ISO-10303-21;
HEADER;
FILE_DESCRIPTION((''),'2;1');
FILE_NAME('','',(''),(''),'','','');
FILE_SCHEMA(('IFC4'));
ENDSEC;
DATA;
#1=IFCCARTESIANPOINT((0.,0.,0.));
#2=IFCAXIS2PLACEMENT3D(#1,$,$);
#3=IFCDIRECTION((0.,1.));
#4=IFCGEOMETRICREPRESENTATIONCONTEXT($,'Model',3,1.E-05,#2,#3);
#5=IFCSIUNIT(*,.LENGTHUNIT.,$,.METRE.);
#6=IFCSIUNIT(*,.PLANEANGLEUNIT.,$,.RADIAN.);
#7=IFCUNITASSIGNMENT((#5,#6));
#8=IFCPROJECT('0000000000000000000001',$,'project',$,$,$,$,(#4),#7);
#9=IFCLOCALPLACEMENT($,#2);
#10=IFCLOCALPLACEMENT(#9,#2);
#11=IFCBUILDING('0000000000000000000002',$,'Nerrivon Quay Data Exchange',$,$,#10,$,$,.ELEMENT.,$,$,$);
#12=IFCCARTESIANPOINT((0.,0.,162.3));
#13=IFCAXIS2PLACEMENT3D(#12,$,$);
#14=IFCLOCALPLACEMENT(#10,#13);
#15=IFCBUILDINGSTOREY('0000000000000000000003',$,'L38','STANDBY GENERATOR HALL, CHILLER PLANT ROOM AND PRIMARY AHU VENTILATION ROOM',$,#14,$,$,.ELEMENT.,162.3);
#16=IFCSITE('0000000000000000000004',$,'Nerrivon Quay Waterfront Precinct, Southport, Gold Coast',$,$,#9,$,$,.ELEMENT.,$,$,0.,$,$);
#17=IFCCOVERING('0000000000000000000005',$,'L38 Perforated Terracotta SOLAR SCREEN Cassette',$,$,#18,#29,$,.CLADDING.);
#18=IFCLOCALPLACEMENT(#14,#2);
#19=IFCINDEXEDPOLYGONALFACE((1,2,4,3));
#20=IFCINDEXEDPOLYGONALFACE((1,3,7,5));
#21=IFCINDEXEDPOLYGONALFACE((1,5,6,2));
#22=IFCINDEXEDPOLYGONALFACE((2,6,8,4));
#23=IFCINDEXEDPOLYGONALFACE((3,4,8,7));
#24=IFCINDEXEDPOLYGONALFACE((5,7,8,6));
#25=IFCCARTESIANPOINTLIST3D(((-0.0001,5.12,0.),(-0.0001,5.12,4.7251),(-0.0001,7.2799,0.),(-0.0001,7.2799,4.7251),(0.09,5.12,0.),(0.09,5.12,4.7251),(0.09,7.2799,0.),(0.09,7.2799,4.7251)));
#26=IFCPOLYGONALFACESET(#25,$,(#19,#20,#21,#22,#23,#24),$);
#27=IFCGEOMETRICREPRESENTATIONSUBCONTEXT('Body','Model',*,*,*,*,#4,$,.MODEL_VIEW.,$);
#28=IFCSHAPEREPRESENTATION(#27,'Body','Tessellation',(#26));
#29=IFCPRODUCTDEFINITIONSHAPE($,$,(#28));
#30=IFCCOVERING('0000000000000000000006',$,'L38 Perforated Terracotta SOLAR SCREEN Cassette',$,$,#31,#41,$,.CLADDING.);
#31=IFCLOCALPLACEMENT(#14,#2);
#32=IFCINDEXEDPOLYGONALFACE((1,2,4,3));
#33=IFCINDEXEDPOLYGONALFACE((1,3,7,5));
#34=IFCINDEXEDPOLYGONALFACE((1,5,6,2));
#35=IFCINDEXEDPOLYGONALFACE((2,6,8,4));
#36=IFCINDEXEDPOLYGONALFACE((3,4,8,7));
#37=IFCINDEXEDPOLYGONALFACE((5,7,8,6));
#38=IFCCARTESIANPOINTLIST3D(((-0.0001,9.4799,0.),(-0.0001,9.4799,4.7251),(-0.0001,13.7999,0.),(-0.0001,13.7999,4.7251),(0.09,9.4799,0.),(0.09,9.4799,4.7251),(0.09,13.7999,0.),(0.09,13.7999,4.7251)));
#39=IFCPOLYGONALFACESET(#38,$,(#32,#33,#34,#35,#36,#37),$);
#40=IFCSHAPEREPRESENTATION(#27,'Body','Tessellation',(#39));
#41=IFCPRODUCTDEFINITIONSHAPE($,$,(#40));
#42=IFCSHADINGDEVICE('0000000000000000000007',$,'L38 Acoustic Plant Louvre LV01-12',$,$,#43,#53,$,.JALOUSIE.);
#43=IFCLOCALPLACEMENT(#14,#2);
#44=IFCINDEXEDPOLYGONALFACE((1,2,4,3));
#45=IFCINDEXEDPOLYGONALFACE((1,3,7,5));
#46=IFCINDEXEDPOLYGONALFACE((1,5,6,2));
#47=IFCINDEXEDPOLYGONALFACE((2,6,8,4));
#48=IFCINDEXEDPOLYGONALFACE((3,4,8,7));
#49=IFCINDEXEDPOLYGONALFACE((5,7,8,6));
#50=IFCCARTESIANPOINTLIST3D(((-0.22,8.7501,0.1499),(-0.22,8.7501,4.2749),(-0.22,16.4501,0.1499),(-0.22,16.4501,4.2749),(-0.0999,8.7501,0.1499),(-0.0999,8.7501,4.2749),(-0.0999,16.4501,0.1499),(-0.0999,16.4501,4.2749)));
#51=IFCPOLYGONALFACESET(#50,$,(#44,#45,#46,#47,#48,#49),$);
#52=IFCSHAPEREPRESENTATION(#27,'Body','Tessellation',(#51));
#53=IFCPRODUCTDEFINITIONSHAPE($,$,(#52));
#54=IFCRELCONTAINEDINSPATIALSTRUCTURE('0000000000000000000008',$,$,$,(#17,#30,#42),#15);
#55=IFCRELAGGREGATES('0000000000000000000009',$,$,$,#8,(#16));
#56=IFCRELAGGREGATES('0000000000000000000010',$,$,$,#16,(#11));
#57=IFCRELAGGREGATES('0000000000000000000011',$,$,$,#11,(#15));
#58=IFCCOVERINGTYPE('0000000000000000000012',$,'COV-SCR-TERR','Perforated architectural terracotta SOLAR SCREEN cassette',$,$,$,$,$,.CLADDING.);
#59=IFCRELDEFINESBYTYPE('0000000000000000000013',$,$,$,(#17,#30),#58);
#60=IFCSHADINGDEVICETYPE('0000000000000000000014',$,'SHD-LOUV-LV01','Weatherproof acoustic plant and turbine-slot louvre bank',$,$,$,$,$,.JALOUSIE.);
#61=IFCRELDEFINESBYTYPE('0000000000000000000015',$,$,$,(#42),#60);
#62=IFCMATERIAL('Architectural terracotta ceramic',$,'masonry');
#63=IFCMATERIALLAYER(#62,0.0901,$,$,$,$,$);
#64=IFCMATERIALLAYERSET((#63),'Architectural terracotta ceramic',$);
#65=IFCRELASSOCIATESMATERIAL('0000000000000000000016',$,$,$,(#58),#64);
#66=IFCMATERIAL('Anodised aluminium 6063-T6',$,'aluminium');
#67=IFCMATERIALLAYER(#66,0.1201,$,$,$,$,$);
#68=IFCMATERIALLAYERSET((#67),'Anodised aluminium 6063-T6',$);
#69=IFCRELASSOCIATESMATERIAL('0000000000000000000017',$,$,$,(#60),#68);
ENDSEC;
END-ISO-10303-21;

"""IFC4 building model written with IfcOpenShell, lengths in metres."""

from ifc_helpers import new_model, si_unit, direction, frame, origin, origin_2d, place, context, subcontext, project, spatial, rectangle, extrude, material, layer, layer_set, type_object, element, save


model = new_model("IFC4")

# Units and contexts
model_context = context("Model", 3, precision=1e-05, world=origin(), true_north=direction((0.0, 1.0)))
body_context = subcontext(model_context, "Body", "Model", "MODEL_VIEW")
ifc_project = project(units=[si_unit("LENGTHUNIT", "METRE"), si_unit("PLANEANGLEUNIT", "RADIAN")], contexts=[model_context])

# Site, building, storey
site_placement = place(None, origin())
site = spatial("IfcSite", under=ifc_project, at=site_placement, Name="Nerrivon Quay Waterfront Precinct, Southport, Gold Coast", CompositionType="ELEMENT", RefElevation=0.0)
building_placement = place(site_placement, origin())
building = spatial("IfcBuilding", under=site, at=building_placement, Name="Nerrivon Quay Data Exchange", CompositionType="ELEMENT")
storey_placement = place(building_placement, frame((0.0, 0.0, 162.3)))
storey = spatial("IfcBuildingStorey", under=building, at=storey_placement, Name="L38", Description="STANDBY GENERATOR HALL, CHILLER PLANT ROOM AND PRIMARY AHU VENTILATION ROOM", CompositionType="ELEMENT", Elevation=162.3)

# Coverings
ifc_material_1 = material(Name="Architectural terracotta ceramic", Category="masonry")
ifc_layer_1 = layer(ifc_material_1, 0.0901)
ifc_layer_set_1 = layer_set([ifc_layer_1], Name="Architectural terracotta ceramic")
covering_type = type_object("IfcCoveringType", Name="COV-SCR-TERR", Description="Perforated architectural terracotta SOLAR SCREEN cassette", PredefinedType="CLADDING", material=ifc_layer_set_1)
covering_1_placement = place(storey_placement, frame((0.0449, 6.2, 0.0), z_axis=(0.0, 0.0, 1.0), x_axis=(0.0, 1.0, 0.0)))
element("IfcCovering", 1, at=covering_1_placement, inside=storey, type_object=covering_type, Name="L38 Perforated Terracotta SOLAR SCREEN Cassette", PredefinedType="CLADDING", context=body_context, shape_type="SweptSolid", body=[
    extrude(rectangle(XDim=2.1599, YDim=0.0901, at=origin_2d()), origin(), (0.0, 0.0, 1.0), 4.7251),
])
covering_2_placement = place(storey_placement, frame((0.0449, 11.6399, 0.0), z_axis=(0.0, 0.0, 1.0), x_axis=(0.0, 1.0, 0.0)))
element("IfcCovering", 2, at=covering_2_placement, inside=storey, type_object=covering_type, Name="L38 Perforated Terracotta SOLAR SCREEN Cassette", PredefinedType="CLADDING", context=body_context, shape_type="SweptSolid", body=[
    extrude(rectangle(XDim=4.3201, YDim=0.0901, at=origin_2d()), origin(), (0.0, 0.0, 1.0), 4.7251),
])

# Shading device
ifc_material_2 = material(Name="Anodised aluminium 6063-T6", Category="aluminium")
ifc_layer_2 = layer(ifc_material_2, 0.1201)
ifc_layer_set_2 = layer_set([ifc_layer_2], Name="Anodised aluminium 6063-T6")
shading_device_type = type_object("IfcShadingDeviceType", Name="SHD-LOUV-LV01", Description="Weatherproof acoustic plant and turbine-slot louvre bank", PredefinedType="JALOUSIE", material=ifc_layer_set_2)
shading_device_placement = place(storey_placement, frame((-0.1599, 12.6001, 0.1499), z_axis=(0.0, 0.0, 1.0), x_axis=(0.0, 1.0, 0.0)))
element("IfcShadingDevice", 3, at=shading_device_placement, inside=storey, type_object=shading_device_type, Name="L38 Acoustic Plant Louvre LV01-12", PredefinedType="JALOUSIE", context=body_context, shape_type="SweptSolid", body=[
    extrude(rectangle(XDim=7.7, YDim=0.1201, at=origin_2d()), origin(), (0.0, 0.0, 1.0), 4.125),
])

save(model, "model.ifc")
